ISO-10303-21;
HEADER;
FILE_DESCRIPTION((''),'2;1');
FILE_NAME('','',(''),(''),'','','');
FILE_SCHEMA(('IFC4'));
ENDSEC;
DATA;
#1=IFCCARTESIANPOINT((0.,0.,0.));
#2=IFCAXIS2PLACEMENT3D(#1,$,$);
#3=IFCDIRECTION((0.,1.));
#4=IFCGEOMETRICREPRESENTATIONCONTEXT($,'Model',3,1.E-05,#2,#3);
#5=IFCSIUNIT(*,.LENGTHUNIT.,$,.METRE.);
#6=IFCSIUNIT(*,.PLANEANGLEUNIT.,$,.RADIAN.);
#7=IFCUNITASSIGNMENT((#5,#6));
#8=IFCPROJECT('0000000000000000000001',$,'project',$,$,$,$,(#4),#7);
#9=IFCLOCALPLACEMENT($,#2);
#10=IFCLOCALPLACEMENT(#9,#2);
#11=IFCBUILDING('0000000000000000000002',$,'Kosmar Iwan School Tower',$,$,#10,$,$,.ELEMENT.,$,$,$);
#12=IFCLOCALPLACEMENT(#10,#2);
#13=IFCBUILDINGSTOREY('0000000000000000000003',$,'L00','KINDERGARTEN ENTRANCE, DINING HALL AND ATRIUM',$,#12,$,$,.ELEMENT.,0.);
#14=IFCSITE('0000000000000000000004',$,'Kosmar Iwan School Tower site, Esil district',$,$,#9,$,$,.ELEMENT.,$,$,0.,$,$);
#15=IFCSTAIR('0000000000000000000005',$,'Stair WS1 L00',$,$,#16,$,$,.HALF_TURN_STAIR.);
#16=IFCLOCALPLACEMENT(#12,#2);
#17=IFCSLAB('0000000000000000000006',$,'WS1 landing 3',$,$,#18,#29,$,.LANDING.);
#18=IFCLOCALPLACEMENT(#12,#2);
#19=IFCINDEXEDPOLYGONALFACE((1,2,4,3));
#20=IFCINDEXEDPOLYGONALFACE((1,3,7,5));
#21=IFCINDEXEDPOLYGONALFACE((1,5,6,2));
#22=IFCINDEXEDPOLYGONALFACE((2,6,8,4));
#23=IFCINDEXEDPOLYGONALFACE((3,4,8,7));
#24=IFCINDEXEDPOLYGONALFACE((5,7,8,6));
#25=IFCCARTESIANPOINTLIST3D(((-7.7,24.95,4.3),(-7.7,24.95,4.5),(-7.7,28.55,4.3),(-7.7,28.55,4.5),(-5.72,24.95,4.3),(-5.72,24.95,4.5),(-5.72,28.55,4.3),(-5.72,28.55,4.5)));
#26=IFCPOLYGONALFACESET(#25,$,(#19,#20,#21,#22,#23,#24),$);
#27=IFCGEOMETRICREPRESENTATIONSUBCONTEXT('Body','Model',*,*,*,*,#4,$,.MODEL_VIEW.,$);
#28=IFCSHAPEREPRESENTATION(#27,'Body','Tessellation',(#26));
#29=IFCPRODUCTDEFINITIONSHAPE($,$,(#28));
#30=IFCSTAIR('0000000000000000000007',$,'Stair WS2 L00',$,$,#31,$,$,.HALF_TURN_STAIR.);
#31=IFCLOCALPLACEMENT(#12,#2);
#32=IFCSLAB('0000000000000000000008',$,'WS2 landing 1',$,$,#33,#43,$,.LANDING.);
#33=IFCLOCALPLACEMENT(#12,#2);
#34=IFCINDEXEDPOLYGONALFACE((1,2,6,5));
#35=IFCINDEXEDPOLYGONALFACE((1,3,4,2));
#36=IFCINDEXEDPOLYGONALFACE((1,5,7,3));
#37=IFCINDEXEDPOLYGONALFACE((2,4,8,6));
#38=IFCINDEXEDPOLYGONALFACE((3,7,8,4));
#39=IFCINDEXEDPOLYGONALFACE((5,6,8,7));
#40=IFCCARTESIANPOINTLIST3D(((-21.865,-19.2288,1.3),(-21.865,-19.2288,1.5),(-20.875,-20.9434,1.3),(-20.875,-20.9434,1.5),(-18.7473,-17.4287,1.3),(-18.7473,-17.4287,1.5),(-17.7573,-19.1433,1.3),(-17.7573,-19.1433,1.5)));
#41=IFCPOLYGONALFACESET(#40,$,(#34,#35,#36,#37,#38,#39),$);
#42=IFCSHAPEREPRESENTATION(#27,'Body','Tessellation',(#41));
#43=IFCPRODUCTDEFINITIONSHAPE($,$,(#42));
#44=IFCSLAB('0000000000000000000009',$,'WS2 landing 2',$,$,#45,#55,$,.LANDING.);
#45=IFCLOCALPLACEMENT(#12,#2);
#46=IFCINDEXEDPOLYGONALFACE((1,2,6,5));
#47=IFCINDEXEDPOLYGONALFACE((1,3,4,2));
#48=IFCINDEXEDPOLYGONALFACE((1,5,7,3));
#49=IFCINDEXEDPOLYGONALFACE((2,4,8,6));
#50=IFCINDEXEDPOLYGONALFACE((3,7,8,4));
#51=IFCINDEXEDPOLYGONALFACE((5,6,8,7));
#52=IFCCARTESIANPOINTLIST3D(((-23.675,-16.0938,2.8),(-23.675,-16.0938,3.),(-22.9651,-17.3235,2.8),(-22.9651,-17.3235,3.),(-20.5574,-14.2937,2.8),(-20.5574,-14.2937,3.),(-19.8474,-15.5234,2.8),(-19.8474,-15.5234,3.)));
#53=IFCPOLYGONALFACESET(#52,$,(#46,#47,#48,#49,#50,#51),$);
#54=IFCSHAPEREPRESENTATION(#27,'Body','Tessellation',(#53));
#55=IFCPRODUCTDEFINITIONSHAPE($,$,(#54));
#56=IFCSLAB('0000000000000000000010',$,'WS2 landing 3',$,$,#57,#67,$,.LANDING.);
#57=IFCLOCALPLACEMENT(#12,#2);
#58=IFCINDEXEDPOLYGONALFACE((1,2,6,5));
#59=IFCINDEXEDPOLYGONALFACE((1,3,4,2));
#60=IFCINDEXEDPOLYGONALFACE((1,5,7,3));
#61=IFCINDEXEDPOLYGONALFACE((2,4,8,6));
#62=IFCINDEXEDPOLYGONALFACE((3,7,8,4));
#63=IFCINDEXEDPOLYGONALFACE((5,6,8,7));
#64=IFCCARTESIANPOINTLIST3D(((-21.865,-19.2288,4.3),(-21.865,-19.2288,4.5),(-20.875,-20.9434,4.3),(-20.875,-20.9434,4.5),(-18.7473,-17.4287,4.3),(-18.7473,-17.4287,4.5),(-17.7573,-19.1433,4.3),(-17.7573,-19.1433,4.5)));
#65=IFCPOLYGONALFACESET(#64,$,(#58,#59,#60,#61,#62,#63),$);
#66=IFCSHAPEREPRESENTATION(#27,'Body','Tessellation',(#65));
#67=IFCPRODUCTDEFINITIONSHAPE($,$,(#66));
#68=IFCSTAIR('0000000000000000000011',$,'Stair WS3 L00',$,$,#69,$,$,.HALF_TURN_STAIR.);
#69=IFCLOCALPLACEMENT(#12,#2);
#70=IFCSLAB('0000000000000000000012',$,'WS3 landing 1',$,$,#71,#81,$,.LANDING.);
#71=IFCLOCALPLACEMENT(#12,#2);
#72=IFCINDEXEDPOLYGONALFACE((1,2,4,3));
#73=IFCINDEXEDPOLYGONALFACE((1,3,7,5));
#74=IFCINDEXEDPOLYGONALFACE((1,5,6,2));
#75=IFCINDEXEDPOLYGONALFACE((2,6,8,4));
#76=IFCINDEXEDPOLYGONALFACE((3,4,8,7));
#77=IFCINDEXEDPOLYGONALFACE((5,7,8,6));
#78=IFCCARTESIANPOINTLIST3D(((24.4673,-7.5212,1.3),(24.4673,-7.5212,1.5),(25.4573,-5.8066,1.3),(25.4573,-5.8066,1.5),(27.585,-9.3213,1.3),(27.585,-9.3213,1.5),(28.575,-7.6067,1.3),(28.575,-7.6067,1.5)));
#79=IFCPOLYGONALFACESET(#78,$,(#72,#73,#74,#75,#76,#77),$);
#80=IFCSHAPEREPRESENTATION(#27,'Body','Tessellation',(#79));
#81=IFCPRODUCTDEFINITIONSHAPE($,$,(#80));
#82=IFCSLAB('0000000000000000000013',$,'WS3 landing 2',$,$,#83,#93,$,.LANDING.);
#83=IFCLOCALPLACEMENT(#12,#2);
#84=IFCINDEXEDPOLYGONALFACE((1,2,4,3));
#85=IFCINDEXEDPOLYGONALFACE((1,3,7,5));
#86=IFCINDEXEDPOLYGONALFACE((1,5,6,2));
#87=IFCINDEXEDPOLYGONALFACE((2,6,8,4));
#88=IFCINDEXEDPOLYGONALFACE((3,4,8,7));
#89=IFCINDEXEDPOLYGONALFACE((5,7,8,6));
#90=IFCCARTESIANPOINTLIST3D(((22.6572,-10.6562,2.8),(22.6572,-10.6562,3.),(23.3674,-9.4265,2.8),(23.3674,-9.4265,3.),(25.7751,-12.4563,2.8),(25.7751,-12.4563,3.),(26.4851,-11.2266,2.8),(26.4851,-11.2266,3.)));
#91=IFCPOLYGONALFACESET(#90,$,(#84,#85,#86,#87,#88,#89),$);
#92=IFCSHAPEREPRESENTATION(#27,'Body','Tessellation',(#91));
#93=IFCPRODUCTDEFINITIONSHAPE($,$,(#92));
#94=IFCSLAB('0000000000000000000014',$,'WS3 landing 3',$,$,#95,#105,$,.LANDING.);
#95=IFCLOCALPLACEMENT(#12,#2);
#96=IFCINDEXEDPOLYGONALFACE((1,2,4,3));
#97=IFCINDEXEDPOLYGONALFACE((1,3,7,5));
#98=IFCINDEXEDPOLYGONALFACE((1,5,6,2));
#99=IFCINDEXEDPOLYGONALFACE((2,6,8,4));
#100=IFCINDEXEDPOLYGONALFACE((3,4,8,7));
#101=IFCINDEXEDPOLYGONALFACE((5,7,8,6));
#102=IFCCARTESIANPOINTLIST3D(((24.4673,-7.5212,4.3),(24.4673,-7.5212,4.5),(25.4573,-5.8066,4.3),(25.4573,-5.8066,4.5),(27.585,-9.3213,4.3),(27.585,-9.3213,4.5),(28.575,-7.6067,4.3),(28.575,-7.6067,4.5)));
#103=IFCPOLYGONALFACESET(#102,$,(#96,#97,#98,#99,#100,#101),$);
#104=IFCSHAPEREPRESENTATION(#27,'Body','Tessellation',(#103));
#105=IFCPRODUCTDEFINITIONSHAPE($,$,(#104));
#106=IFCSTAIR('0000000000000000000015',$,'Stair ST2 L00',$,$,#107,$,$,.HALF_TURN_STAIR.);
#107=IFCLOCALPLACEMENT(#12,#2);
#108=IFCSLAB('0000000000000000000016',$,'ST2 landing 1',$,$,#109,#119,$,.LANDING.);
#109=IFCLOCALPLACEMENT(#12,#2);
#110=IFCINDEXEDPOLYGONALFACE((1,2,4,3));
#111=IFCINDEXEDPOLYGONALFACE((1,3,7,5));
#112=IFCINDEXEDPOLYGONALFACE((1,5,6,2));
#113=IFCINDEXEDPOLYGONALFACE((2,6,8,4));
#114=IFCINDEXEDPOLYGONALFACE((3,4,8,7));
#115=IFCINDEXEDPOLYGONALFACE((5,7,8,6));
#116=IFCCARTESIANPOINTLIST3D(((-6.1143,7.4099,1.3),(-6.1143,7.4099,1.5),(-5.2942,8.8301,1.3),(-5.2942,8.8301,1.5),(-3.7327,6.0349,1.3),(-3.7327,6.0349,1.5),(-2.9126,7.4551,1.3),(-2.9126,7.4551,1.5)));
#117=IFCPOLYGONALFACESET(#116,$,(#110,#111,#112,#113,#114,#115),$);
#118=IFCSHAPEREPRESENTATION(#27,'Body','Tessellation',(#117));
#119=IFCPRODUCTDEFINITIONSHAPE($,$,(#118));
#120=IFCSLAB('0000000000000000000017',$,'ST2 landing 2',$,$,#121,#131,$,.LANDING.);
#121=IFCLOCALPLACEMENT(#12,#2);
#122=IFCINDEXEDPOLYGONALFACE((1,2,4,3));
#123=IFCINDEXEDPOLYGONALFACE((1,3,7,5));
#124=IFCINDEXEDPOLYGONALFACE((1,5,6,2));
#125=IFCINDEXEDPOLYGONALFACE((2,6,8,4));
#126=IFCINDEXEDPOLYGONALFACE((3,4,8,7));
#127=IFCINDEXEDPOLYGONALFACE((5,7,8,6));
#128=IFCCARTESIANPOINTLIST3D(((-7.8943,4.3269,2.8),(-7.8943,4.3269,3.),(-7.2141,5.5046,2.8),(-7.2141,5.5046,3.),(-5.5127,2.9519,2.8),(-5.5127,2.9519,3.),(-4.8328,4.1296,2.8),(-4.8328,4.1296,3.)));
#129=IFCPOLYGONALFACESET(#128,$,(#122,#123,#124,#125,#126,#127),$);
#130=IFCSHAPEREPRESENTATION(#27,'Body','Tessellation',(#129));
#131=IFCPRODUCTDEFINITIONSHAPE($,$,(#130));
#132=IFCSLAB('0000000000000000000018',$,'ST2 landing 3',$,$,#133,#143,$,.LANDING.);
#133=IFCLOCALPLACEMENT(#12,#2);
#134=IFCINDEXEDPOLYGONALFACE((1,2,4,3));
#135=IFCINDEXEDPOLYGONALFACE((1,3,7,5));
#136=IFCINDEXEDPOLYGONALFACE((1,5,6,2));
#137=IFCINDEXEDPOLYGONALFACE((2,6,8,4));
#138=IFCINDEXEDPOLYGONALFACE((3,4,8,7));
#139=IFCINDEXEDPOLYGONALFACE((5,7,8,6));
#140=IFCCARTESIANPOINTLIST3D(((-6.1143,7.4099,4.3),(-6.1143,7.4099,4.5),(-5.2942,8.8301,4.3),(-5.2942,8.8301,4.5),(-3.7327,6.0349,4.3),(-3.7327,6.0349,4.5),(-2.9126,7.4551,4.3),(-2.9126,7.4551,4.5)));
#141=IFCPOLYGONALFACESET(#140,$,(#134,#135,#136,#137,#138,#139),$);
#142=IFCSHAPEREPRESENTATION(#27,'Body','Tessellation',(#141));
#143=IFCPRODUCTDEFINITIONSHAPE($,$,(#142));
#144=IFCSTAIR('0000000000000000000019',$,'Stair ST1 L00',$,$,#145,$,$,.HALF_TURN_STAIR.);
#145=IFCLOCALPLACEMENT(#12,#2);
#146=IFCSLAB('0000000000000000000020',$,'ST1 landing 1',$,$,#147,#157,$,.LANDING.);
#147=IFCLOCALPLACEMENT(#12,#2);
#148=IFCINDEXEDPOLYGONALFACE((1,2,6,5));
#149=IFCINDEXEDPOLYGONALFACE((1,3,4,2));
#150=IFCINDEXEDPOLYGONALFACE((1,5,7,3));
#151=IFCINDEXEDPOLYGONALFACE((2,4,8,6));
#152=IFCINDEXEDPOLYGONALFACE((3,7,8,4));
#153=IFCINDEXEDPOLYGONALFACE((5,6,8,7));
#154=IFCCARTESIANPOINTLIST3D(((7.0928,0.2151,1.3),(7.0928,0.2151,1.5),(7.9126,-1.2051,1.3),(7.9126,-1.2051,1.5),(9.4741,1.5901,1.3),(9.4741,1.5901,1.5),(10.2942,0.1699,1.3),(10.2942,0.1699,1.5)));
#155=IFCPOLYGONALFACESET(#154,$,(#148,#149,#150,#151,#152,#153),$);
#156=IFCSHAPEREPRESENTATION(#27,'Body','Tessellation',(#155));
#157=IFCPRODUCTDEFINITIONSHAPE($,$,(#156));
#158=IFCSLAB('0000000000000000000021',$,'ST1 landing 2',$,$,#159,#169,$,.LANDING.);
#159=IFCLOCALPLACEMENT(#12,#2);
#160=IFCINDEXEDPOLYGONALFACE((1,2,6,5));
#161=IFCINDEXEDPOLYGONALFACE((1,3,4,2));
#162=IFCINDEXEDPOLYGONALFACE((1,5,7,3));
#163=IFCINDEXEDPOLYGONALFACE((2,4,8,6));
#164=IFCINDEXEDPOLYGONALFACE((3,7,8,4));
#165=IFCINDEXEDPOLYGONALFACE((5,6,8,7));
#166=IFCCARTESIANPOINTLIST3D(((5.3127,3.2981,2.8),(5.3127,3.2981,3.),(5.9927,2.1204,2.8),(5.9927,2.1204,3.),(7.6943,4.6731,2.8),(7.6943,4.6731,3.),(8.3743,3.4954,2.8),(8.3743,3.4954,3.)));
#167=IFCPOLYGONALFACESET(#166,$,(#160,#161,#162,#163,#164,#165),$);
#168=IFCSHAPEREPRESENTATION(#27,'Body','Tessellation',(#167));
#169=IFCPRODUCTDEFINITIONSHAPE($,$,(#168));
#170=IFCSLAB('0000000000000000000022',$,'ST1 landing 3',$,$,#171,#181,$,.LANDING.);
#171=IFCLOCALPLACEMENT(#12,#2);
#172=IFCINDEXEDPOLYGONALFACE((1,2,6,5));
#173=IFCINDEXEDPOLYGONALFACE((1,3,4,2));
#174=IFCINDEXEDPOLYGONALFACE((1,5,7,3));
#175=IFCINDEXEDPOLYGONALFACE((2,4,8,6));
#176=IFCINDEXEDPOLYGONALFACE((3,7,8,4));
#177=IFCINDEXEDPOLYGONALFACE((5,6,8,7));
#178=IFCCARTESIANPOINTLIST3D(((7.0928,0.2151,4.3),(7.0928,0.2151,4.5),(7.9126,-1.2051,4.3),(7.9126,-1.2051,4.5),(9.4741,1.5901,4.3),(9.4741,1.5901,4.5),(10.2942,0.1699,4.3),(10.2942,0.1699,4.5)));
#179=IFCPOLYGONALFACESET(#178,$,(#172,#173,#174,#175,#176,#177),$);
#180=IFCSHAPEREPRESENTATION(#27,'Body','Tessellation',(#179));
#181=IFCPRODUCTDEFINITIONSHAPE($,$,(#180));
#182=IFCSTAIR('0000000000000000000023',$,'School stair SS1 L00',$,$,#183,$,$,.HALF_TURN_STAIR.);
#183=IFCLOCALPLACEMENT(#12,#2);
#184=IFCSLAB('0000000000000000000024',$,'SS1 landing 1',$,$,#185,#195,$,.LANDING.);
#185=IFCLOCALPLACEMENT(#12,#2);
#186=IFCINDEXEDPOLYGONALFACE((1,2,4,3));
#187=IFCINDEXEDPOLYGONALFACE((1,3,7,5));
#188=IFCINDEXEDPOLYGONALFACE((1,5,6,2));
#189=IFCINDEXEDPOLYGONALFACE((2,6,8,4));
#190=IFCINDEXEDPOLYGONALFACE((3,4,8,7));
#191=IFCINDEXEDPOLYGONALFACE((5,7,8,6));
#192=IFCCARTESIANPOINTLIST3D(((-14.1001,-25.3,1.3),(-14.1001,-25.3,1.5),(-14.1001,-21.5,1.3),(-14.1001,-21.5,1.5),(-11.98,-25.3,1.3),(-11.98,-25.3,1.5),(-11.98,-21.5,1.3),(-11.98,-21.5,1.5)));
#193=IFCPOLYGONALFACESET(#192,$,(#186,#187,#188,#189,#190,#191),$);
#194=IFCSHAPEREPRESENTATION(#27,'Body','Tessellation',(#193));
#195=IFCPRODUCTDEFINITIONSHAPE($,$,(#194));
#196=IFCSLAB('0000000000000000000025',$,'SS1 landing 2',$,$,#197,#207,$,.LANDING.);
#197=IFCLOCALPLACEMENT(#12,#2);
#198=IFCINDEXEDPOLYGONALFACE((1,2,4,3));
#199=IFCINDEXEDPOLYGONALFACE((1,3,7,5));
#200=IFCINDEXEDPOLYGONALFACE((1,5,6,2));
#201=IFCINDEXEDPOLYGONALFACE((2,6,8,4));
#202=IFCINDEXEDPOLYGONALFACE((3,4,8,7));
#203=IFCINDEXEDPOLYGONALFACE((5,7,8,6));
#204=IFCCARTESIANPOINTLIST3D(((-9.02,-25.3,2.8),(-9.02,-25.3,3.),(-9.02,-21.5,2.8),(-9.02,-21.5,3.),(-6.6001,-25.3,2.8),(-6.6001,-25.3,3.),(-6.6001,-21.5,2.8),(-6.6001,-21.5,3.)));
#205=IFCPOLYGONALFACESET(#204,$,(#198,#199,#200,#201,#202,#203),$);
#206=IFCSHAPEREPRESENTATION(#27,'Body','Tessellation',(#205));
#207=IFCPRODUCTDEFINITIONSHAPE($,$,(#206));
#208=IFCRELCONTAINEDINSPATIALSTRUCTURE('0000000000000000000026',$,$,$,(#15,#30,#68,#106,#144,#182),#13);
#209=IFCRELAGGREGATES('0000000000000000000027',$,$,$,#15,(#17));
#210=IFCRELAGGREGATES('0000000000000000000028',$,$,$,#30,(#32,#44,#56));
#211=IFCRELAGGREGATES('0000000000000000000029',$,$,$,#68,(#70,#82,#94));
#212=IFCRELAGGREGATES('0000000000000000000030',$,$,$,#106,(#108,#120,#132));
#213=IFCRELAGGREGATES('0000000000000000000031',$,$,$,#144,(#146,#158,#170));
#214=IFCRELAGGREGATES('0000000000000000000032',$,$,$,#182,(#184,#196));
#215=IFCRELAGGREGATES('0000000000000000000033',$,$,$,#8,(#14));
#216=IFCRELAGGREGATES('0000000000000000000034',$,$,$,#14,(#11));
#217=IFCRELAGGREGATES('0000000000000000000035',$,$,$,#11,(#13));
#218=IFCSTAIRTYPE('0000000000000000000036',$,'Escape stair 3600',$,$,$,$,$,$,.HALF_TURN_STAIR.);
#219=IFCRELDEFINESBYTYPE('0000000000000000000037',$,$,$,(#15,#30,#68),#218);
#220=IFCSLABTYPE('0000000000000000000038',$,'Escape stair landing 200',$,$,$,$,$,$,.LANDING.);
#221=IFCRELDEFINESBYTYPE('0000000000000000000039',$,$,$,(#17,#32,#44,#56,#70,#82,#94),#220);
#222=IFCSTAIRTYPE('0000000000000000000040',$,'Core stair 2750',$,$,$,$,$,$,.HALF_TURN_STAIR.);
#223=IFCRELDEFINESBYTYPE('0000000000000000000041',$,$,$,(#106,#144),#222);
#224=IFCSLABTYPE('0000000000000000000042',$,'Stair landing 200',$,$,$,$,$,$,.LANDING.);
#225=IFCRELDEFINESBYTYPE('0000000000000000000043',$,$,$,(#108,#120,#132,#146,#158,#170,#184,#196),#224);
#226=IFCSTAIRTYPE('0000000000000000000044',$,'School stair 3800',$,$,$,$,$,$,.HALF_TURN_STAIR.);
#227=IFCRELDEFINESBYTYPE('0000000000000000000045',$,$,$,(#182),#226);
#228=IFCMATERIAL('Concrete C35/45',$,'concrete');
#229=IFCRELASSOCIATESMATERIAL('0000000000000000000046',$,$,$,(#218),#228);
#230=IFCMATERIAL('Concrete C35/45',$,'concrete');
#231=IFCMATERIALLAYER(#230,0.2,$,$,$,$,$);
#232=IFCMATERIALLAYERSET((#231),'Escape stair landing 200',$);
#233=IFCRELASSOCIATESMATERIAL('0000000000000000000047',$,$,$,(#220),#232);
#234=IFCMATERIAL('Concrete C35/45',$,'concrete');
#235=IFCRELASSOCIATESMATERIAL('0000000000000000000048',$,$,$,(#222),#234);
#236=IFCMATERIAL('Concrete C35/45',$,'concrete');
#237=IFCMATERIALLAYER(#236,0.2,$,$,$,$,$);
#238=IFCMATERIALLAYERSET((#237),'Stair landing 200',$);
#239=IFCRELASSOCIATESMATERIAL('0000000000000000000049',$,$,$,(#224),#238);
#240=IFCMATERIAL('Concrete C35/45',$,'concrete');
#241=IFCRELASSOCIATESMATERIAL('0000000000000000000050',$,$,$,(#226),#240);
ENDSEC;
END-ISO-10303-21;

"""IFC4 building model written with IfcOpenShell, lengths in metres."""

from ifc_helpers import new_model, si_unit, direction, frame, origin, place, context, subcontext, project, spatial, polyline, outline, extrude, material, layer, layer_set, type_object, element, aggregate, save


model = new_model("IFC4")

# Units and contexts
model_context = context("Model", 3, precision=1e-05, world=origin(), true_north=direction((0.0, 1.0)))
body_context = subcontext(model_context, "Body", "Model", "MODEL_VIEW")
ifc_project = project(units=[si_unit("LENGTHUNIT", "METRE"), si_unit("PLANEANGLEUNIT", "RADIAN")], contexts=[model_context])

# Site, building, storey
site_placement = place(None, origin())
site = spatial("IfcSite", under=ifc_project, at=site_placement, Name="Kosmar Iwan School Tower site, Esil district", CompositionType="ELEMENT", RefElevation=0.0)
building_placement = place(site_placement, origin())
building = spatial("IfcBuilding", under=site, at=building_placement, Name="Kosmar Iwan School Tower", CompositionType="ELEMENT")
storey_placement = place(building_placement, origin())
storey = spatial("IfcBuildingStorey", under=building, at=storey_placement, Name="L00", Description="KINDERGARTEN ENTRANCE, DINING HALL AND ATRIUM", CompositionType="ELEMENT", Elevation=0.0)

# Stairs, slabs
ifc_material_1 = material(Name="Concrete C35/45", Category="concrete")
stair_type_1 = type_object("IfcStairType", Name="Escape stair 3600", PredefinedType="HALF_TURN_STAIR", material=ifc_material_1)
stair_1_placement = place(storey_placement, origin())
stair_1 = element("IfcStair", 1, at=stair_1_placement, inside=storey, type_object=stair_type_1, Name="Stair WS1 L00", PredefinedType="HALF_TURN_STAIR")
ifc_material_2 = material(Name="Concrete C35/45", Category="concrete")
ifc_layer_1 = layer(ifc_material_2, 0.2)
ifc_layer_set_1 = layer_set([ifc_layer_1], Name="Escape stair landing 200")
slab_type_1 = type_object("IfcSlabType", Name="Escape stair landing 200", PredefinedType="LANDING", material=ifc_layer_set_1)
slab_1_placement = place(storey_placement, frame((0.0, 0.0, 4.3)))
slab_1 = element("IfcSlab", 2, at=slab_1_placement, type_object=slab_type_1, Name="WS1 landing 3", PredefinedType="LANDING", context=body_context, shape_type="SweptSolid", body=[
    extrude(outline(polyline([(-5.72, 24.95), (-5.72, 28.55), (-7.7, 28.55), (-7.7, 24.95), (-5.72, 24.95)])), origin(), (0.0, 0.0, 1.0), 0.2),
])
aggregate(stair_1, [slab_1])
stair_2_placement = place(storey_placement, origin())
stair_2 = element("IfcStair", 3, at=stair_2_placement, inside=storey, type_object=stair_type_1, Name="Stair WS2 L00", PredefinedType="HALF_TURN_STAIR")
slab_2_placement = place(storey_placement, frame((0.0, 0.0, 1.3)))
slab_2 = element("IfcSlab", 4, at=slab_2_placement, type_object=slab_type_1, Name="WS2 landing 1", PredefinedType="LANDING", context=body_context, shape_type="SweptSolid", body=[
    extrude(outline(polyline([(-18.7473, -17.4287), (-21.865, -19.2288), (-20.875, -20.9434), (-17.7573, -19.1433), (-18.7473, -17.4287)])), origin(), (0.0, 0.0, 1.0), 0.2),
])
slab_3_placement = place(storey_placement, frame((0.0, 0.0, 2.8)))
slab_3 = element("IfcSlab", 5, at=slab_3_placement, type_object=slab_type_1, Name="WS2 landing 2", PredefinedType="LANDING", context=body_context, shape_type="SweptSolid", body=[
    extrude(outline(polyline([(-20.5574, -14.2937), (-23.675, -16.0938), (-22.9651, -17.3235), (-19.8474, -15.5234), (-20.5574, -14.2937)])), origin(), (0.0, 0.0, 1.0), 0.2),
])
slab_4_placement = place(storey_placement, frame((0.0, 0.0, 4.3)))
slab_4 = element("IfcSlab", 6, at=slab_4_placement, type_object=slab_type_1, Name="WS2 landing 3", PredefinedType="LANDING", context=body_context, shape_type="SweptSolid", body=[
    extrude(outline(polyline([(-18.7473, -17.4287), (-21.865, -19.2288), (-20.875, -20.9434), (-17.7573, -19.1433), (-18.7473, -17.4287)])), origin(), (0.0, 0.0, 1.0), 0.2),
])
aggregate(stair_2, [slab_2, slab_3, slab_4])
stair_3_placement = place(storey_placement, origin())
stair_3 = element("IfcStair", 7, at=stair_3_placement, inside=storey, type_object=stair_type_1, Name="Stair WS3 L00", PredefinedType="HALF_TURN_STAIR")
slab_5_placement = place(storey_placement, frame((0.0, 0.0, 1.3)))
slab_5 = element("IfcSlab", 8, at=slab_5_placement, type_object=slab_type_1, Name="WS3 landing 1", PredefinedType="LANDING", context=body_context, shape_type="SweptSolid", body=[
    extrude(outline(polyline([(24.4673, -7.5212), (27.585, -9.3213), (28.575, -7.6067), (25.4573, -5.8066), (24.4673, -7.5212)])), origin(), (0.0, 0.0, 1.0), 0.2),
])
slab_6_placement = place(storey_placement, frame((0.0, 0.0, 2.8)))
slab_6 = element("IfcSlab", 9, at=slab_6_placement, type_object=slab_type_1, Name="WS3 landing 2", PredefinedType="LANDING", context=body_context, shape_type="SweptSolid", body=[
    extrude(outline(polyline([(22.6572, -10.6562), (25.7751, -12.4563), (26.4851, -11.2266), (23.3674, -9.4265), (22.6572, -10.6562)])), origin(), (0.0, 0.0, 1.0), 0.2),
])
slab_7_placement = place(storey_placement, frame((0.0, 0.0, 4.3)))
slab_7 = element("IfcSlab", 10, at=slab_7_placement, type_object=slab_type_1, Name="WS3 landing 3", PredefinedType="LANDING", context=body_context, shape_type="SweptSolid", body=[
    extrude(outline(polyline([(24.4673, -7.5212), (27.585, -9.3213), (28.575, -7.6067), (25.4573, -5.8066), (24.4673, -7.5212)])), origin(), (0.0, 0.0, 1.0), 0.2),
])
aggregate(stair_3, [slab_5, slab_6, slab_7])
ifc_material_3 = material(Name="Concrete C35/45", Category="concrete")
stair_type_2 = type_object("IfcStairType", Name="Core stair 2750", PredefinedType="HALF_TURN_STAIR", material=ifc_material_3)
stair_4_placement = place(storey_placement, origin())
stair_4 = element("IfcStair", 11, at=stair_4_placement, inside=storey, type_object=stair_type_2, Name="Stair ST2 L00", PredefinedType="HALF_TURN_STAIR")
ifc_material_4 = material(Name="Concrete C35/45", Category="concrete")
ifc_layer_2 = layer(ifc_material_4, 0.2)
ifc_layer_set_2 = layer_set([ifc_layer_2], Name="Stair landing 200")
slab_type_2 = type_object("IfcSlabType", Name="Stair landing 200", PredefinedType="LANDING", material=ifc_layer_set_2)
slab_8_placement = place(storey_placement, frame((0.0, 0.0, 1.3)))
slab_8 = element("IfcSlab", 12, at=slab_8_placement, type_object=slab_type_2, Name="ST2 landing 1", PredefinedType="LANDING", context=body_context, shape_type="SweptSolid", body=[
    extrude(outline(polyline([(-2.9126, 7.4551), (-5.2942, 8.8301), (-6.1143, 7.4099), (-3.7327, 6.0349), (-2.9126, 7.4551)])), origin(), (0.0, 0.0, 1.0), 0.2),
])
slab_9_placement = place(storey_placement, frame((0.0, 0.0, 2.8)))
slab_9 = element("IfcSlab", 13, at=slab_9_placement, type_object=slab_type_2, Name="ST2 landing 2", PredefinedType="LANDING", context=body_context, shape_type="SweptSolid", body=[
    extrude(outline(polyline([(-4.8328, 4.1296), (-7.2141, 5.5046), (-7.8943, 4.3269), (-5.5127, 2.9519), (-4.8328, 4.1296)])), origin(), (0.0, 0.0, 1.0), 0.2),
])
slab_10_placement = place(storey_placement, frame((0.0, 0.0, 4.3)))
slab_10 = element("IfcSlab", 14, at=slab_10_placement, type_object=slab_type_2, Name="ST2 landing 3", PredefinedType="LANDING", context=body_context, shape_type="SweptSolid", body=[
    extrude(outline(polyline([(-2.9126, 7.4551), (-5.2942, 8.8301), (-6.1143, 7.4099), (-3.7327, 6.0349), (-2.9126, 7.4551)])), origin(), (0.0, 0.0, 1.0), 0.2),
])
aggregate(stair_4, [slab_8, slab_9, slab_10])
stair_5_placement = place(storey_placement, origin())
stair_5 = element("IfcStair", 15, at=stair_5_placement, inside=storey, type_object=stair_type_2, Name="Stair ST1 L00", PredefinedType="HALF_TURN_STAIR")
slab_11_placement = place(storey_placement, frame((0.0, 0.0, 1.3)))
slab_11 = element("IfcSlab", 16, at=slab_11_placement, type_object=slab_type_2, Name="ST1 landing 1", PredefinedType="LANDING", context=body_context, shape_type="SweptSolid", body=[
    extrude(outline(polyline([(7.9126, -1.2051), (10.2942, 0.1699), (9.4741, 1.5901), (7.0928, 0.2151), (7.9126, -1.2051)])), origin(), (0.0, 0.0, 1.0), 0.2),
])
slab_12_placement = place(storey_placement, frame((0.0, 0.0, 2.8)))
slab_12 = element("IfcSlab", 17, at=slab_12_placement, type_object=slab_type_2, Name="ST1 landing 2", PredefinedType="LANDING", context=body_context, shape_type="SweptSolid", body=[
    extrude(outline(polyline([(5.9927, 2.1204), (8.3743, 3.4954), (7.6943, 4.6731), (5.3127, 3.2981), (5.9927, 2.1204)])), origin(), (0.0, 0.0, 1.0), 0.2),
])
slab_13_placement = place(storey_placement, frame((0.0, 0.0, 4.3)))
slab_13 = element("IfcSlab", 18, at=slab_13_placement, type_object=slab_type_2, Name="ST1 landing 3", PredefinedType="LANDING", context=body_context, shape_type="SweptSolid", body=[
    extrude(outline(polyline([(7.9126, -1.2051), (10.2942, 0.1699), (9.4741, 1.5901), (7.0928, 0.2151), (7.9126, -1.2051)])), origin(), (0.0, 0.0, 1.0), 0.2),
])
aggregate(stair_5, [slab_11, slab_12, slab_13])
ifc_material_5 = material(Name="Concrete C35/45", Category="concrete")
stair_type_3 = type_object("IfcStairType", Name="School stair 3800", PredefinedType="HALF_TURN_STAIR", material=ifc_material_5)
stair_6_placement = place(storey_placement, origin())
stair_6 = element("IfcStair", 19, at=stair_6_placement, inside=storey, type_object=stair_type_3, Name="School stair SS1 L00", PredefinedType="HALF_TURN_STAIR")
slab_14_placement = place(storey_placement, frame((0.0, 0.0, 1.3)))
slab_14 = element("IfcSlab", 20, at=slab_14_placement, type_object=slab_type_2, Name="SS1 landing 1", PredefinedType="LANDING", context=body_context, shape_type="SweptSolid", body=[
    extrude(outline(polyline([(-14.1001, -21.5), (-14.1001, -25.3), (-11.98, -25.3), (-11.98, -21.5), (-14.1001, -21.5)])), origin(), (0.0, 0.0, 1.0), 0.2),
])
slab_15_placement = place(storey_placement, frame((0.0, 0.0, 2.8)))
slab_15 = element("IfcSlab", 21, at=slab_15_placement, type_object=slab_type_2, Name="SS1 landing 2", PredefinedType="LANDING", context=body_context, shape_type="SweptSolid", body=[
    extrude(outline(polyline([(-9.02, -21.5), (-9.02, -25.3), (-6.6001, -25.3), (-6.6001, -21.5), (-9.02, -21.5)])), origin(), (0.0, 0.0, 1.0), 0.2),
])
aggregate(stair_6, [slab_14, slab_15])

save(model, "model.ifc")
